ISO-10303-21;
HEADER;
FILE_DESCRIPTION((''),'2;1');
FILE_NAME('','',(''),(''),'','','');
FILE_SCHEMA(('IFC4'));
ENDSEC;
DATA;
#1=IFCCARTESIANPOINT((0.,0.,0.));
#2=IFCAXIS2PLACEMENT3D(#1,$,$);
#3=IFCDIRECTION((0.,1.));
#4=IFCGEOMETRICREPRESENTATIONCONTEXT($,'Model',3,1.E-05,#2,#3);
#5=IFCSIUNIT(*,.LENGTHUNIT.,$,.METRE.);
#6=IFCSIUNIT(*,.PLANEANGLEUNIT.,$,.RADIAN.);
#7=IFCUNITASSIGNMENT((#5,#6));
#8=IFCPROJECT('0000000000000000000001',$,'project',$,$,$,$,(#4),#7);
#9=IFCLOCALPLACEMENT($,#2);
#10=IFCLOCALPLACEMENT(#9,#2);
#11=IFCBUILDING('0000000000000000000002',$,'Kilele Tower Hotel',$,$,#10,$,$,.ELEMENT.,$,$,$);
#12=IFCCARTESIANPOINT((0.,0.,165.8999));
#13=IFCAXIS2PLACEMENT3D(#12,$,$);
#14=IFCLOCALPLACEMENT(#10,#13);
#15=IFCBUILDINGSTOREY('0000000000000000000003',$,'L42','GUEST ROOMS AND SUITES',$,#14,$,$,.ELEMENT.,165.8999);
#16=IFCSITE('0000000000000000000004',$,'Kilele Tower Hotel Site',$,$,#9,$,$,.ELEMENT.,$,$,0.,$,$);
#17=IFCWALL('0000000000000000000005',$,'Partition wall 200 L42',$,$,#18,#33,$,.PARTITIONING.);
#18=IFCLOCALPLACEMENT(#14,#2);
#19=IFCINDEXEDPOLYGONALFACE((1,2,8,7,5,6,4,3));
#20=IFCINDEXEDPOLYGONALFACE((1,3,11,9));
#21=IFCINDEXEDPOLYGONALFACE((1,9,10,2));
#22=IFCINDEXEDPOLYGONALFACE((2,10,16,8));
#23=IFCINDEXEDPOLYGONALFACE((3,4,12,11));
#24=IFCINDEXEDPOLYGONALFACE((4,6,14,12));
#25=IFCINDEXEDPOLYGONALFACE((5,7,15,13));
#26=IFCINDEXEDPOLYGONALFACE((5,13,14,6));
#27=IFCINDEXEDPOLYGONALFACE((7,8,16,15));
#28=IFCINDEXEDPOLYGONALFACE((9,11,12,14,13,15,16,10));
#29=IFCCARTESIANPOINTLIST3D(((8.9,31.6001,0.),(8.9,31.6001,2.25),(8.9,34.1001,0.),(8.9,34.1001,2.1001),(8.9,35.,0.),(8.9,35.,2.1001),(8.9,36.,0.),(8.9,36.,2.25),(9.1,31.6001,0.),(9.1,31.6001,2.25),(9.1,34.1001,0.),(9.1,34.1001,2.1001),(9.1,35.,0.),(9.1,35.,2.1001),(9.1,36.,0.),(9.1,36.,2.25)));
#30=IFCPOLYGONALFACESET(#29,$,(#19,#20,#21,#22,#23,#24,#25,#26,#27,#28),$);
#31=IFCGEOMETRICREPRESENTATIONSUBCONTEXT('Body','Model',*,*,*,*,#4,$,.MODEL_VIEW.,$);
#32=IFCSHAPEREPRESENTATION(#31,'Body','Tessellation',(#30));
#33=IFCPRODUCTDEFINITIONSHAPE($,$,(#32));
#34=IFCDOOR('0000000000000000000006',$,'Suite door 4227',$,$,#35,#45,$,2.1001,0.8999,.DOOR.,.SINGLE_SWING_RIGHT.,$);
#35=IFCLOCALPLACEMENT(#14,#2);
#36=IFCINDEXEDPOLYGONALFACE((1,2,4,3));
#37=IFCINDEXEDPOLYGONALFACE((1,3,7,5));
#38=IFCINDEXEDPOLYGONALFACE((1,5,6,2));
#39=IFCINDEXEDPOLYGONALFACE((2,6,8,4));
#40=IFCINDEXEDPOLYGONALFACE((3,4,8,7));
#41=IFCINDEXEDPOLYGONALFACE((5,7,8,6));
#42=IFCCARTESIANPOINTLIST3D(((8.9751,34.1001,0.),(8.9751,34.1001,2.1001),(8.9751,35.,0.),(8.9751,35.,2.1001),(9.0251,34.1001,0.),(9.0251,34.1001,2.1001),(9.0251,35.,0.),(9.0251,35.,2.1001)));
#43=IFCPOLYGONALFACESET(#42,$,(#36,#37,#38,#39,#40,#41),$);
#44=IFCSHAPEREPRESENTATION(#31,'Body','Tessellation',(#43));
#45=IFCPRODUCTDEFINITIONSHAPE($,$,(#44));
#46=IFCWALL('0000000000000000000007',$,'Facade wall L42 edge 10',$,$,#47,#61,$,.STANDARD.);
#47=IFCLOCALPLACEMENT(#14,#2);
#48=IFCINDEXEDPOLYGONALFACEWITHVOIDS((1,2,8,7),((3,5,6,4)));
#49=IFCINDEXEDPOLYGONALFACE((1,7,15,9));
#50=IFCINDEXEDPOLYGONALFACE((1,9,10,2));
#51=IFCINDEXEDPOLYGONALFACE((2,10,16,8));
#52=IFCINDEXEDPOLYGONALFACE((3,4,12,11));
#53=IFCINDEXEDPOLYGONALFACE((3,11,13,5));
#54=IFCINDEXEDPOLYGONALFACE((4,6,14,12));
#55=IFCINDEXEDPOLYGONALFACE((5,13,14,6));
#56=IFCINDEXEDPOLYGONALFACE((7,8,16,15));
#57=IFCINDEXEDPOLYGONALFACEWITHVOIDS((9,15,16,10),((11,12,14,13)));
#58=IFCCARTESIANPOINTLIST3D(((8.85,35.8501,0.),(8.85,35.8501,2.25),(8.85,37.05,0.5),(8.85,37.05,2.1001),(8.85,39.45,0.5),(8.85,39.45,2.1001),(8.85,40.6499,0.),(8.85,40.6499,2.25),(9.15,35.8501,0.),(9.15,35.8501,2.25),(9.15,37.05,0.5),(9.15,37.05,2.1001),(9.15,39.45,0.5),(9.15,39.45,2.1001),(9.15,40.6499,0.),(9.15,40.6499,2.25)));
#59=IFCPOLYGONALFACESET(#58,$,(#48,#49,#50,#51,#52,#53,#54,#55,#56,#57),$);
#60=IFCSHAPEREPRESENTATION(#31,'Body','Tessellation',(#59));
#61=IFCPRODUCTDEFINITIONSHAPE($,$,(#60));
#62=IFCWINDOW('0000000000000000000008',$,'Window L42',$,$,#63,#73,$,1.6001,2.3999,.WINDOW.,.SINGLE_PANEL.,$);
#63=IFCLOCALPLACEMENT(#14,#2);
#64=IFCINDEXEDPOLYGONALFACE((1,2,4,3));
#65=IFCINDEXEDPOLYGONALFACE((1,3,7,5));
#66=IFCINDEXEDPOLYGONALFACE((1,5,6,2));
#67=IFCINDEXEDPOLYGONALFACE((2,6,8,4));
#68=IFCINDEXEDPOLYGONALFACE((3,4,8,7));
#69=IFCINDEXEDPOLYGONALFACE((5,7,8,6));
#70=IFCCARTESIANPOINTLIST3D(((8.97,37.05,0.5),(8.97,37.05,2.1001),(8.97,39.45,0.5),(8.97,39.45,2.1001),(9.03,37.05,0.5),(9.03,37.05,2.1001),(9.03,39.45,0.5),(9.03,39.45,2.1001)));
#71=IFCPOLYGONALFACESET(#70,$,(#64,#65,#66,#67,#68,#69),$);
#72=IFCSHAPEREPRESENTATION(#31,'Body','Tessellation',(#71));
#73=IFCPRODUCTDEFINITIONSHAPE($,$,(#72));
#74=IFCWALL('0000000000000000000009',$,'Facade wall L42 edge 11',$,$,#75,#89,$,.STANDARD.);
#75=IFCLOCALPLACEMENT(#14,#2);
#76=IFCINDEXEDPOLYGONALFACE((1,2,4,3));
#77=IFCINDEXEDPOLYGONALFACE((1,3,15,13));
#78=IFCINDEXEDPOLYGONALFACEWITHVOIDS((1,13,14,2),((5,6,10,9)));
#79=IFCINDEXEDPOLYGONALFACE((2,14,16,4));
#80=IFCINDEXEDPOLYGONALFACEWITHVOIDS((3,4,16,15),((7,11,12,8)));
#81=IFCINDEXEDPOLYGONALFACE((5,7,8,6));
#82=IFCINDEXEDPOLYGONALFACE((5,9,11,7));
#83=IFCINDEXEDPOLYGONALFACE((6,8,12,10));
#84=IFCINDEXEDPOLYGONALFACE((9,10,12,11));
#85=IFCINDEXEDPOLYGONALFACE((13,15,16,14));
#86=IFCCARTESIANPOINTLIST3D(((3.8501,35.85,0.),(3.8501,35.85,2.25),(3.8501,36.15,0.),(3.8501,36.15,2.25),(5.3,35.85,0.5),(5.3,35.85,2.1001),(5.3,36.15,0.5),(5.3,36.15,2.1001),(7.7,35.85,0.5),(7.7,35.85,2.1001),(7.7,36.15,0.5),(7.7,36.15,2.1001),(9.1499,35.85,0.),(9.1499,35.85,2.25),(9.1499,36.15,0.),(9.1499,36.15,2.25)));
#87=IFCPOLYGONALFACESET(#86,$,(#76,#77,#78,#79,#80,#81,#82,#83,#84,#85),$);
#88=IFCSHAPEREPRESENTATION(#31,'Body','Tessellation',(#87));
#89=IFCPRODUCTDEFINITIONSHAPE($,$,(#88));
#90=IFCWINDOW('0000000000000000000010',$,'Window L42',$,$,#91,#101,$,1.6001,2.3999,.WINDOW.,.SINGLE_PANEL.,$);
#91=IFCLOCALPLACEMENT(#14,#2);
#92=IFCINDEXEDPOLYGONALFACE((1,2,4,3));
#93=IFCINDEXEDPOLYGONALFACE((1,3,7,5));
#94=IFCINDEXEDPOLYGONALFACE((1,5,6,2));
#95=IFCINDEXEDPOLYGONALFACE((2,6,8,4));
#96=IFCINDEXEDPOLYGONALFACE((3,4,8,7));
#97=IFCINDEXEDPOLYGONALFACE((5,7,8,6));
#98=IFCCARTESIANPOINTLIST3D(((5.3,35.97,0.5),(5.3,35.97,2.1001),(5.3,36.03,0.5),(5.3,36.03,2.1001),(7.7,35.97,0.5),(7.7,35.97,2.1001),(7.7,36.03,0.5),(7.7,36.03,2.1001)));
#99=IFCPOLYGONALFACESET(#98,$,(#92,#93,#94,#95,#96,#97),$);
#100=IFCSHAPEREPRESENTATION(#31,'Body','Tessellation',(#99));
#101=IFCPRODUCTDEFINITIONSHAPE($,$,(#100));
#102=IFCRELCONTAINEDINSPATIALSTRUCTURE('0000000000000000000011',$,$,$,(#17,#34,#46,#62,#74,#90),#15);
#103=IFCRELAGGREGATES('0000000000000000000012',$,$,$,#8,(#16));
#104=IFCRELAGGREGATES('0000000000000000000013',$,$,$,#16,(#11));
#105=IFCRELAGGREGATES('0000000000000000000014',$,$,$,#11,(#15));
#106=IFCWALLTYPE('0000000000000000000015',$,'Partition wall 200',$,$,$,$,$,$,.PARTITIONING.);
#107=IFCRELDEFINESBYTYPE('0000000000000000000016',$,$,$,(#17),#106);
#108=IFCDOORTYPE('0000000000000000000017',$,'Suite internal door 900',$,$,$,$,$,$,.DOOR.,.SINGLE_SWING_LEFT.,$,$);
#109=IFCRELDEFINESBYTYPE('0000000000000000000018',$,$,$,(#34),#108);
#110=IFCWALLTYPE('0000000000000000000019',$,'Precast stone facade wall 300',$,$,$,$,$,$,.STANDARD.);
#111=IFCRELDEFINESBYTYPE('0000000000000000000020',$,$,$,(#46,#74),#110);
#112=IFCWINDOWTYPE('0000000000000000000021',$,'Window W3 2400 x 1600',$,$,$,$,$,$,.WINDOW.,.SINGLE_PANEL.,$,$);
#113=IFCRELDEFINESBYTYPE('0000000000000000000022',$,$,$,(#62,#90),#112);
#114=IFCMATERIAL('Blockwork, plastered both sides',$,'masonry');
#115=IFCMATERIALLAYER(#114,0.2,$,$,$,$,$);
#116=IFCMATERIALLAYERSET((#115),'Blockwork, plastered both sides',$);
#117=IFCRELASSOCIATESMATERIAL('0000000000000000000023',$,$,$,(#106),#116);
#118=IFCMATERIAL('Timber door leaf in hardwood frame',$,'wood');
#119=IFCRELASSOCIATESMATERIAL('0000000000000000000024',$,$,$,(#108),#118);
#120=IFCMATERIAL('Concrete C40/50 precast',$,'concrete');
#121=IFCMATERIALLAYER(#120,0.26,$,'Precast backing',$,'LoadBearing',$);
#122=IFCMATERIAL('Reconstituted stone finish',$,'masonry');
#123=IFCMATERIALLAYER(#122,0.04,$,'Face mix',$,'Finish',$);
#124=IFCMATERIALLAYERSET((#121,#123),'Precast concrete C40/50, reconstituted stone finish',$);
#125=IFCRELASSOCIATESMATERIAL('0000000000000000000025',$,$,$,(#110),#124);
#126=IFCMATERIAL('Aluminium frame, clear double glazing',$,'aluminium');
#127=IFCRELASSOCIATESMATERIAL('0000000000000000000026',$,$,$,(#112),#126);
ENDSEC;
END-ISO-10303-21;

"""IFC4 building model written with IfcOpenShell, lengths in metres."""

from ifc_helpers import new_model, si_unit, direction, frame, frame_2d, origin, place, context, subcontext, project, spatial, rectangle, extrude, material, layer, layer_set, type_object, element, fill, save


model = new_model("IFC4")

# Units and contexts
model_context = context("Model", 3, precision=1e-05, world=origin(), true_north=direction((0.0, 1.0)))
body_context = subcontext(model_context, "Body", "Model", "MODEL_VIEW")
ifc_project = project(units=[si_unit("LENGTHUNIT", "METRE"), si_unit("PLANEANGLEUNIT", "RADIAN")], contexts=[model_context])

# Site, building, storey
site_placement = place(None, origin())
site = spatial("IfcSite", under=ifc_project, at=site_placement, Name="Kilele Tower Hotel Site", CompositionType="ELEMENT", RefElevation=0.0)
building_placement = place(site_placement, origin())
building = spatial("IfcBuilding", under=site, at=building_placement, Name="Kilele Tower Hotel", CompositionType="ELEMENT")
storey_placement = place(building_placement, frame((0.0, 0.0, 165.8999)))
storey = spatial("IfcBuildingStorey", under=building, at=storey_placement, Name="L42", Description="GUEST ROOMS AND SUITES", CompositionType="ELEMENT", Elevation=165.8999)

# Wall, opening, door
ifc_material_1 = material(Name="Blockwork, plastered both sides", Category="masonry")
ifc_layer_1 = layer(ifc_material_1, 0.2)
ifc_layer_set_1 = layer_set([ifc_layer_1], Name="Blockwork, plastered both sides")
wall_type_1 = type_object("IfcWallType", Name="Partition wall 200", PredefinedType="PARTITIONING", material=ifc_layer_set_1)
wall_1_placement = place(storey_placement, frame((9.0, 31.6001, 0.0), z_axis=(0.0, 0.0, 1.0), x_axis=(0.0, 1.0, 0.0)))
wall_1 = element("IfcWall", 1, at=wall_1_placement, inside=storey, type_object=wall_type_1, Name="Partition wall 200 L42", PredefinedType="PARTITIONING", context=body_context, shape_type="SweptSolid", body=[
    extrude(rectangle(XDim=4.3999, YDim=0.2, at=frame_2d((2.2, 0.0))), origin(), (0.0, 0.0, 1.0), 2.25),
])
opening_1_placement = place(wall_1_placement, frame((2.5, 0.0, 0.0)))
opening_1 = element("IfcOpeningElement", 2, at=opening_1_placement, cuts=wall_1, PredefinedType="OPENING", context=body_context, shape_type="SweptSolid", body=[
    extrude(rectangle(XDim=0.8999, YDim=2.1001, at=frame_2d((0.45, 1.05))), frame((0.0, 0.1099, 0.0), z_axis=(0.0, -1.0, 0.0), x_axis=(1.0, 0.0, 0.0)), (0.0, 0.0, 1.0), 0.22),
])
ifc_material_2 = material(Name="Timber door leaf in hardwood frame", Category="wood")
door_type_1 = type_object("IfcDoorType", Name="Suite internal door 900", OperationType="SINGLE_SWING_LEFT", PredefinedType="DOOR", material=ifc_material_2)
door_1_placement = place(opening_1_placement, origin())
door_1 = element("IfcDoor", 3, at=door_1_placement, inside=storey, type_object=door_type_1, Name="Suite door 4227", OperationType="SINGLE_SWING_RIGHT", OverallHeight=2.1001, OverallWidth=0.8999, PredefinedType="DOOR", context=body_context, shape_type="SweptSolid", body=[
    extrude(rectangle(XDim=0.8999, YDim=2.1001, at=frame_2d((0.45, 1.05))), frame((0.0, 0.0249, 0.0), z_axis=(0.0, -1.0, 0.0), x_axis=(1.0, 0.0, 0.0)), (0.0, 0.0, 1.0), 0.05),
])
fill(opening_1, door_1)

# Walls, openings, windows
ifc_material_3 = material(Name="Concrete C40/50 precast", Category="concrete")
ifc_layer_2 = layer(ifc_material_3, 0.26, Name="Precast backing", Category="LoadBearing")
ifc_material_4 = material(Name="Reconstituted stone finish", Category="masonry")
ifc_layer_3 = layer(ifc_material_4, 0.04, Name="Face mix", Category="Finish")
ifc_layer_set_2 = layer_set([ifc_layer_2, ifc_layer_3], Name="Precast concrete C40/50, reconstituted stone finish")
wall_type_2 = type_object("IfcWallType", Name="Precast stone facade wall 300", PredefinedType="STANDARD", material=ifc_layer_set_2)
wall_2_placement = place(storey_placement, frame((9.0, 40.6499, 0.0), z_axis=(0.0, 0.0, 1.0), x_axis=(0.0, -1.0, 0.0)))
wall_2 = element("IfcWall", 4, at=wall_2_placement, inside=storey, type_object=wall_type_2, Name="Facade wall L42 edge 10", PredefinedType="STANDARD", context=body_context, shape_type="SweptSolid", body=[
    extrude(rectangle(XDim=4.7998, YDim=0.3, at=frame_2d((2.3999, 0.0))), origin(), (0.0, 0.0, 1.0), 2.25),
])
opening_2_placement = place(wall_2_placement, frame((1.2, 0.0, 0.5)))
opening_2 = element("IfcOpeningElement", 5, at=opening_2_placement, cuts=wall_2, PredefinedType="OPENING", context=body_context, shape_type="SweptSolid", body=[
    extrude(rectangle(XDim=2.3999, YDim=1.6001, at=frame_2d((1.2, 0.8))), frame((0.0, 0.1599, 0.0), z_axis=(0.0, -1.0, 0.0), x_axis=(1.0, 0.0, 0.0)), (0.0, 0.0, 1.0), 0.3201),
])
ifc_material_5 = material(Name="Aluminium frame, clear double glazing", Category="aluminium")
window_type_1 = type_object("IfcWindowType", Name="Window W3 2400 x 1600", PartitioningType="SINGLE_PANEL", PredefinedType="WINDOW", material=ifc_material_5)
window_1_placement = place(opening_2_placement, origin())
window_1 = element("IfcWindow", 6, at=window_1_placement, inside=storey, type_object=window_type_1, Name="Window L42", OverallHeight=1.6001, OverallWidth=2.3999, PartitioningType="SINGLE_PANEL", PredefinedType="WINDOW", context=body_context, shape_type="SweptSolid", body=[
    extrude(rectangle(XDim=2.3999, YDim=1.6001, at=frame_2d((1.2, 0.8))), frame((0.0, 0.03, 0.0), z_axis=(0.0, -1.0, 0.0), x_axis=(1.0, 0.0, 0.0)), (0.0, 0.0, 1.0), 0.0601),
])
fill(opening_2, window_1)
wall_3_placement = place(storey_placement, frame((9.1499, 36.0, 0.0), z_axis=(0.0, 0.0, 1.0), x_axis=(-1.0, 0.0, 0.0)))
wall_3 = element("IfcWall", 7, at=wall_3_placement, inside=storey, type_object=wall_type_2, Name="Facade wall L42 edge 11", PredefinedType="STANDARD", context=body_context, shape_type="SweptSolid", body=[
    extrude(rectangle(XDim=5.2998, YDim=0.3, at=frame_2d((2.6499, 0.0))), origin(), (0.0, 0.0, 1.0), 2.25),
])
opening_3_placement = place(wall_3_placement, frame((1.45, 0.0, 0.5)))
opening_3 = element("IfcOpeningElement", 8, at=opening_3_placement, cuts=wall_3, PredefinedType="OPENING", context=body_context, shape_type="SweptSolid", body=[
    extrude(rectangle(XDim=2.3999, YDim=1.6001, at=frame_2d((1.2, 0.8))), frame((0.0, 0.1599, 0.0), z_axis=(0.0, -1.0, 0.0), x_axis=(1.0, 0.0, 0.0)), (0.0, 0.0, 1.0), 0.3201),
])
window_2_placement = place(opening_3_placement, origin())
window_2 = element("IfcWindow", 9, at=window_2_placement, inside=storey, type_object=window_type_1, Name="Window L42", OverallHeight=1.6001, OverallWidth=2.3999, PartitioningType="SINGLE_PANEL", PredefinedType="WINDOW", context=body_context, shape_type="SweptSolid", body=[
    extrude(rectangle(XDim=2.3999, YDim=1.6001, at=frame_2d((1.2, 0.8))), frame((0.0, 0.03, 0.0), z_axis=(0.0, -1.0, 0.0), x_axis=(1.0, 0.0, 0.0)), (0.0, 0.0, 1.0), 0.0601),
])
fill(opening_3, window_2)

save(model, "model.ifc")
